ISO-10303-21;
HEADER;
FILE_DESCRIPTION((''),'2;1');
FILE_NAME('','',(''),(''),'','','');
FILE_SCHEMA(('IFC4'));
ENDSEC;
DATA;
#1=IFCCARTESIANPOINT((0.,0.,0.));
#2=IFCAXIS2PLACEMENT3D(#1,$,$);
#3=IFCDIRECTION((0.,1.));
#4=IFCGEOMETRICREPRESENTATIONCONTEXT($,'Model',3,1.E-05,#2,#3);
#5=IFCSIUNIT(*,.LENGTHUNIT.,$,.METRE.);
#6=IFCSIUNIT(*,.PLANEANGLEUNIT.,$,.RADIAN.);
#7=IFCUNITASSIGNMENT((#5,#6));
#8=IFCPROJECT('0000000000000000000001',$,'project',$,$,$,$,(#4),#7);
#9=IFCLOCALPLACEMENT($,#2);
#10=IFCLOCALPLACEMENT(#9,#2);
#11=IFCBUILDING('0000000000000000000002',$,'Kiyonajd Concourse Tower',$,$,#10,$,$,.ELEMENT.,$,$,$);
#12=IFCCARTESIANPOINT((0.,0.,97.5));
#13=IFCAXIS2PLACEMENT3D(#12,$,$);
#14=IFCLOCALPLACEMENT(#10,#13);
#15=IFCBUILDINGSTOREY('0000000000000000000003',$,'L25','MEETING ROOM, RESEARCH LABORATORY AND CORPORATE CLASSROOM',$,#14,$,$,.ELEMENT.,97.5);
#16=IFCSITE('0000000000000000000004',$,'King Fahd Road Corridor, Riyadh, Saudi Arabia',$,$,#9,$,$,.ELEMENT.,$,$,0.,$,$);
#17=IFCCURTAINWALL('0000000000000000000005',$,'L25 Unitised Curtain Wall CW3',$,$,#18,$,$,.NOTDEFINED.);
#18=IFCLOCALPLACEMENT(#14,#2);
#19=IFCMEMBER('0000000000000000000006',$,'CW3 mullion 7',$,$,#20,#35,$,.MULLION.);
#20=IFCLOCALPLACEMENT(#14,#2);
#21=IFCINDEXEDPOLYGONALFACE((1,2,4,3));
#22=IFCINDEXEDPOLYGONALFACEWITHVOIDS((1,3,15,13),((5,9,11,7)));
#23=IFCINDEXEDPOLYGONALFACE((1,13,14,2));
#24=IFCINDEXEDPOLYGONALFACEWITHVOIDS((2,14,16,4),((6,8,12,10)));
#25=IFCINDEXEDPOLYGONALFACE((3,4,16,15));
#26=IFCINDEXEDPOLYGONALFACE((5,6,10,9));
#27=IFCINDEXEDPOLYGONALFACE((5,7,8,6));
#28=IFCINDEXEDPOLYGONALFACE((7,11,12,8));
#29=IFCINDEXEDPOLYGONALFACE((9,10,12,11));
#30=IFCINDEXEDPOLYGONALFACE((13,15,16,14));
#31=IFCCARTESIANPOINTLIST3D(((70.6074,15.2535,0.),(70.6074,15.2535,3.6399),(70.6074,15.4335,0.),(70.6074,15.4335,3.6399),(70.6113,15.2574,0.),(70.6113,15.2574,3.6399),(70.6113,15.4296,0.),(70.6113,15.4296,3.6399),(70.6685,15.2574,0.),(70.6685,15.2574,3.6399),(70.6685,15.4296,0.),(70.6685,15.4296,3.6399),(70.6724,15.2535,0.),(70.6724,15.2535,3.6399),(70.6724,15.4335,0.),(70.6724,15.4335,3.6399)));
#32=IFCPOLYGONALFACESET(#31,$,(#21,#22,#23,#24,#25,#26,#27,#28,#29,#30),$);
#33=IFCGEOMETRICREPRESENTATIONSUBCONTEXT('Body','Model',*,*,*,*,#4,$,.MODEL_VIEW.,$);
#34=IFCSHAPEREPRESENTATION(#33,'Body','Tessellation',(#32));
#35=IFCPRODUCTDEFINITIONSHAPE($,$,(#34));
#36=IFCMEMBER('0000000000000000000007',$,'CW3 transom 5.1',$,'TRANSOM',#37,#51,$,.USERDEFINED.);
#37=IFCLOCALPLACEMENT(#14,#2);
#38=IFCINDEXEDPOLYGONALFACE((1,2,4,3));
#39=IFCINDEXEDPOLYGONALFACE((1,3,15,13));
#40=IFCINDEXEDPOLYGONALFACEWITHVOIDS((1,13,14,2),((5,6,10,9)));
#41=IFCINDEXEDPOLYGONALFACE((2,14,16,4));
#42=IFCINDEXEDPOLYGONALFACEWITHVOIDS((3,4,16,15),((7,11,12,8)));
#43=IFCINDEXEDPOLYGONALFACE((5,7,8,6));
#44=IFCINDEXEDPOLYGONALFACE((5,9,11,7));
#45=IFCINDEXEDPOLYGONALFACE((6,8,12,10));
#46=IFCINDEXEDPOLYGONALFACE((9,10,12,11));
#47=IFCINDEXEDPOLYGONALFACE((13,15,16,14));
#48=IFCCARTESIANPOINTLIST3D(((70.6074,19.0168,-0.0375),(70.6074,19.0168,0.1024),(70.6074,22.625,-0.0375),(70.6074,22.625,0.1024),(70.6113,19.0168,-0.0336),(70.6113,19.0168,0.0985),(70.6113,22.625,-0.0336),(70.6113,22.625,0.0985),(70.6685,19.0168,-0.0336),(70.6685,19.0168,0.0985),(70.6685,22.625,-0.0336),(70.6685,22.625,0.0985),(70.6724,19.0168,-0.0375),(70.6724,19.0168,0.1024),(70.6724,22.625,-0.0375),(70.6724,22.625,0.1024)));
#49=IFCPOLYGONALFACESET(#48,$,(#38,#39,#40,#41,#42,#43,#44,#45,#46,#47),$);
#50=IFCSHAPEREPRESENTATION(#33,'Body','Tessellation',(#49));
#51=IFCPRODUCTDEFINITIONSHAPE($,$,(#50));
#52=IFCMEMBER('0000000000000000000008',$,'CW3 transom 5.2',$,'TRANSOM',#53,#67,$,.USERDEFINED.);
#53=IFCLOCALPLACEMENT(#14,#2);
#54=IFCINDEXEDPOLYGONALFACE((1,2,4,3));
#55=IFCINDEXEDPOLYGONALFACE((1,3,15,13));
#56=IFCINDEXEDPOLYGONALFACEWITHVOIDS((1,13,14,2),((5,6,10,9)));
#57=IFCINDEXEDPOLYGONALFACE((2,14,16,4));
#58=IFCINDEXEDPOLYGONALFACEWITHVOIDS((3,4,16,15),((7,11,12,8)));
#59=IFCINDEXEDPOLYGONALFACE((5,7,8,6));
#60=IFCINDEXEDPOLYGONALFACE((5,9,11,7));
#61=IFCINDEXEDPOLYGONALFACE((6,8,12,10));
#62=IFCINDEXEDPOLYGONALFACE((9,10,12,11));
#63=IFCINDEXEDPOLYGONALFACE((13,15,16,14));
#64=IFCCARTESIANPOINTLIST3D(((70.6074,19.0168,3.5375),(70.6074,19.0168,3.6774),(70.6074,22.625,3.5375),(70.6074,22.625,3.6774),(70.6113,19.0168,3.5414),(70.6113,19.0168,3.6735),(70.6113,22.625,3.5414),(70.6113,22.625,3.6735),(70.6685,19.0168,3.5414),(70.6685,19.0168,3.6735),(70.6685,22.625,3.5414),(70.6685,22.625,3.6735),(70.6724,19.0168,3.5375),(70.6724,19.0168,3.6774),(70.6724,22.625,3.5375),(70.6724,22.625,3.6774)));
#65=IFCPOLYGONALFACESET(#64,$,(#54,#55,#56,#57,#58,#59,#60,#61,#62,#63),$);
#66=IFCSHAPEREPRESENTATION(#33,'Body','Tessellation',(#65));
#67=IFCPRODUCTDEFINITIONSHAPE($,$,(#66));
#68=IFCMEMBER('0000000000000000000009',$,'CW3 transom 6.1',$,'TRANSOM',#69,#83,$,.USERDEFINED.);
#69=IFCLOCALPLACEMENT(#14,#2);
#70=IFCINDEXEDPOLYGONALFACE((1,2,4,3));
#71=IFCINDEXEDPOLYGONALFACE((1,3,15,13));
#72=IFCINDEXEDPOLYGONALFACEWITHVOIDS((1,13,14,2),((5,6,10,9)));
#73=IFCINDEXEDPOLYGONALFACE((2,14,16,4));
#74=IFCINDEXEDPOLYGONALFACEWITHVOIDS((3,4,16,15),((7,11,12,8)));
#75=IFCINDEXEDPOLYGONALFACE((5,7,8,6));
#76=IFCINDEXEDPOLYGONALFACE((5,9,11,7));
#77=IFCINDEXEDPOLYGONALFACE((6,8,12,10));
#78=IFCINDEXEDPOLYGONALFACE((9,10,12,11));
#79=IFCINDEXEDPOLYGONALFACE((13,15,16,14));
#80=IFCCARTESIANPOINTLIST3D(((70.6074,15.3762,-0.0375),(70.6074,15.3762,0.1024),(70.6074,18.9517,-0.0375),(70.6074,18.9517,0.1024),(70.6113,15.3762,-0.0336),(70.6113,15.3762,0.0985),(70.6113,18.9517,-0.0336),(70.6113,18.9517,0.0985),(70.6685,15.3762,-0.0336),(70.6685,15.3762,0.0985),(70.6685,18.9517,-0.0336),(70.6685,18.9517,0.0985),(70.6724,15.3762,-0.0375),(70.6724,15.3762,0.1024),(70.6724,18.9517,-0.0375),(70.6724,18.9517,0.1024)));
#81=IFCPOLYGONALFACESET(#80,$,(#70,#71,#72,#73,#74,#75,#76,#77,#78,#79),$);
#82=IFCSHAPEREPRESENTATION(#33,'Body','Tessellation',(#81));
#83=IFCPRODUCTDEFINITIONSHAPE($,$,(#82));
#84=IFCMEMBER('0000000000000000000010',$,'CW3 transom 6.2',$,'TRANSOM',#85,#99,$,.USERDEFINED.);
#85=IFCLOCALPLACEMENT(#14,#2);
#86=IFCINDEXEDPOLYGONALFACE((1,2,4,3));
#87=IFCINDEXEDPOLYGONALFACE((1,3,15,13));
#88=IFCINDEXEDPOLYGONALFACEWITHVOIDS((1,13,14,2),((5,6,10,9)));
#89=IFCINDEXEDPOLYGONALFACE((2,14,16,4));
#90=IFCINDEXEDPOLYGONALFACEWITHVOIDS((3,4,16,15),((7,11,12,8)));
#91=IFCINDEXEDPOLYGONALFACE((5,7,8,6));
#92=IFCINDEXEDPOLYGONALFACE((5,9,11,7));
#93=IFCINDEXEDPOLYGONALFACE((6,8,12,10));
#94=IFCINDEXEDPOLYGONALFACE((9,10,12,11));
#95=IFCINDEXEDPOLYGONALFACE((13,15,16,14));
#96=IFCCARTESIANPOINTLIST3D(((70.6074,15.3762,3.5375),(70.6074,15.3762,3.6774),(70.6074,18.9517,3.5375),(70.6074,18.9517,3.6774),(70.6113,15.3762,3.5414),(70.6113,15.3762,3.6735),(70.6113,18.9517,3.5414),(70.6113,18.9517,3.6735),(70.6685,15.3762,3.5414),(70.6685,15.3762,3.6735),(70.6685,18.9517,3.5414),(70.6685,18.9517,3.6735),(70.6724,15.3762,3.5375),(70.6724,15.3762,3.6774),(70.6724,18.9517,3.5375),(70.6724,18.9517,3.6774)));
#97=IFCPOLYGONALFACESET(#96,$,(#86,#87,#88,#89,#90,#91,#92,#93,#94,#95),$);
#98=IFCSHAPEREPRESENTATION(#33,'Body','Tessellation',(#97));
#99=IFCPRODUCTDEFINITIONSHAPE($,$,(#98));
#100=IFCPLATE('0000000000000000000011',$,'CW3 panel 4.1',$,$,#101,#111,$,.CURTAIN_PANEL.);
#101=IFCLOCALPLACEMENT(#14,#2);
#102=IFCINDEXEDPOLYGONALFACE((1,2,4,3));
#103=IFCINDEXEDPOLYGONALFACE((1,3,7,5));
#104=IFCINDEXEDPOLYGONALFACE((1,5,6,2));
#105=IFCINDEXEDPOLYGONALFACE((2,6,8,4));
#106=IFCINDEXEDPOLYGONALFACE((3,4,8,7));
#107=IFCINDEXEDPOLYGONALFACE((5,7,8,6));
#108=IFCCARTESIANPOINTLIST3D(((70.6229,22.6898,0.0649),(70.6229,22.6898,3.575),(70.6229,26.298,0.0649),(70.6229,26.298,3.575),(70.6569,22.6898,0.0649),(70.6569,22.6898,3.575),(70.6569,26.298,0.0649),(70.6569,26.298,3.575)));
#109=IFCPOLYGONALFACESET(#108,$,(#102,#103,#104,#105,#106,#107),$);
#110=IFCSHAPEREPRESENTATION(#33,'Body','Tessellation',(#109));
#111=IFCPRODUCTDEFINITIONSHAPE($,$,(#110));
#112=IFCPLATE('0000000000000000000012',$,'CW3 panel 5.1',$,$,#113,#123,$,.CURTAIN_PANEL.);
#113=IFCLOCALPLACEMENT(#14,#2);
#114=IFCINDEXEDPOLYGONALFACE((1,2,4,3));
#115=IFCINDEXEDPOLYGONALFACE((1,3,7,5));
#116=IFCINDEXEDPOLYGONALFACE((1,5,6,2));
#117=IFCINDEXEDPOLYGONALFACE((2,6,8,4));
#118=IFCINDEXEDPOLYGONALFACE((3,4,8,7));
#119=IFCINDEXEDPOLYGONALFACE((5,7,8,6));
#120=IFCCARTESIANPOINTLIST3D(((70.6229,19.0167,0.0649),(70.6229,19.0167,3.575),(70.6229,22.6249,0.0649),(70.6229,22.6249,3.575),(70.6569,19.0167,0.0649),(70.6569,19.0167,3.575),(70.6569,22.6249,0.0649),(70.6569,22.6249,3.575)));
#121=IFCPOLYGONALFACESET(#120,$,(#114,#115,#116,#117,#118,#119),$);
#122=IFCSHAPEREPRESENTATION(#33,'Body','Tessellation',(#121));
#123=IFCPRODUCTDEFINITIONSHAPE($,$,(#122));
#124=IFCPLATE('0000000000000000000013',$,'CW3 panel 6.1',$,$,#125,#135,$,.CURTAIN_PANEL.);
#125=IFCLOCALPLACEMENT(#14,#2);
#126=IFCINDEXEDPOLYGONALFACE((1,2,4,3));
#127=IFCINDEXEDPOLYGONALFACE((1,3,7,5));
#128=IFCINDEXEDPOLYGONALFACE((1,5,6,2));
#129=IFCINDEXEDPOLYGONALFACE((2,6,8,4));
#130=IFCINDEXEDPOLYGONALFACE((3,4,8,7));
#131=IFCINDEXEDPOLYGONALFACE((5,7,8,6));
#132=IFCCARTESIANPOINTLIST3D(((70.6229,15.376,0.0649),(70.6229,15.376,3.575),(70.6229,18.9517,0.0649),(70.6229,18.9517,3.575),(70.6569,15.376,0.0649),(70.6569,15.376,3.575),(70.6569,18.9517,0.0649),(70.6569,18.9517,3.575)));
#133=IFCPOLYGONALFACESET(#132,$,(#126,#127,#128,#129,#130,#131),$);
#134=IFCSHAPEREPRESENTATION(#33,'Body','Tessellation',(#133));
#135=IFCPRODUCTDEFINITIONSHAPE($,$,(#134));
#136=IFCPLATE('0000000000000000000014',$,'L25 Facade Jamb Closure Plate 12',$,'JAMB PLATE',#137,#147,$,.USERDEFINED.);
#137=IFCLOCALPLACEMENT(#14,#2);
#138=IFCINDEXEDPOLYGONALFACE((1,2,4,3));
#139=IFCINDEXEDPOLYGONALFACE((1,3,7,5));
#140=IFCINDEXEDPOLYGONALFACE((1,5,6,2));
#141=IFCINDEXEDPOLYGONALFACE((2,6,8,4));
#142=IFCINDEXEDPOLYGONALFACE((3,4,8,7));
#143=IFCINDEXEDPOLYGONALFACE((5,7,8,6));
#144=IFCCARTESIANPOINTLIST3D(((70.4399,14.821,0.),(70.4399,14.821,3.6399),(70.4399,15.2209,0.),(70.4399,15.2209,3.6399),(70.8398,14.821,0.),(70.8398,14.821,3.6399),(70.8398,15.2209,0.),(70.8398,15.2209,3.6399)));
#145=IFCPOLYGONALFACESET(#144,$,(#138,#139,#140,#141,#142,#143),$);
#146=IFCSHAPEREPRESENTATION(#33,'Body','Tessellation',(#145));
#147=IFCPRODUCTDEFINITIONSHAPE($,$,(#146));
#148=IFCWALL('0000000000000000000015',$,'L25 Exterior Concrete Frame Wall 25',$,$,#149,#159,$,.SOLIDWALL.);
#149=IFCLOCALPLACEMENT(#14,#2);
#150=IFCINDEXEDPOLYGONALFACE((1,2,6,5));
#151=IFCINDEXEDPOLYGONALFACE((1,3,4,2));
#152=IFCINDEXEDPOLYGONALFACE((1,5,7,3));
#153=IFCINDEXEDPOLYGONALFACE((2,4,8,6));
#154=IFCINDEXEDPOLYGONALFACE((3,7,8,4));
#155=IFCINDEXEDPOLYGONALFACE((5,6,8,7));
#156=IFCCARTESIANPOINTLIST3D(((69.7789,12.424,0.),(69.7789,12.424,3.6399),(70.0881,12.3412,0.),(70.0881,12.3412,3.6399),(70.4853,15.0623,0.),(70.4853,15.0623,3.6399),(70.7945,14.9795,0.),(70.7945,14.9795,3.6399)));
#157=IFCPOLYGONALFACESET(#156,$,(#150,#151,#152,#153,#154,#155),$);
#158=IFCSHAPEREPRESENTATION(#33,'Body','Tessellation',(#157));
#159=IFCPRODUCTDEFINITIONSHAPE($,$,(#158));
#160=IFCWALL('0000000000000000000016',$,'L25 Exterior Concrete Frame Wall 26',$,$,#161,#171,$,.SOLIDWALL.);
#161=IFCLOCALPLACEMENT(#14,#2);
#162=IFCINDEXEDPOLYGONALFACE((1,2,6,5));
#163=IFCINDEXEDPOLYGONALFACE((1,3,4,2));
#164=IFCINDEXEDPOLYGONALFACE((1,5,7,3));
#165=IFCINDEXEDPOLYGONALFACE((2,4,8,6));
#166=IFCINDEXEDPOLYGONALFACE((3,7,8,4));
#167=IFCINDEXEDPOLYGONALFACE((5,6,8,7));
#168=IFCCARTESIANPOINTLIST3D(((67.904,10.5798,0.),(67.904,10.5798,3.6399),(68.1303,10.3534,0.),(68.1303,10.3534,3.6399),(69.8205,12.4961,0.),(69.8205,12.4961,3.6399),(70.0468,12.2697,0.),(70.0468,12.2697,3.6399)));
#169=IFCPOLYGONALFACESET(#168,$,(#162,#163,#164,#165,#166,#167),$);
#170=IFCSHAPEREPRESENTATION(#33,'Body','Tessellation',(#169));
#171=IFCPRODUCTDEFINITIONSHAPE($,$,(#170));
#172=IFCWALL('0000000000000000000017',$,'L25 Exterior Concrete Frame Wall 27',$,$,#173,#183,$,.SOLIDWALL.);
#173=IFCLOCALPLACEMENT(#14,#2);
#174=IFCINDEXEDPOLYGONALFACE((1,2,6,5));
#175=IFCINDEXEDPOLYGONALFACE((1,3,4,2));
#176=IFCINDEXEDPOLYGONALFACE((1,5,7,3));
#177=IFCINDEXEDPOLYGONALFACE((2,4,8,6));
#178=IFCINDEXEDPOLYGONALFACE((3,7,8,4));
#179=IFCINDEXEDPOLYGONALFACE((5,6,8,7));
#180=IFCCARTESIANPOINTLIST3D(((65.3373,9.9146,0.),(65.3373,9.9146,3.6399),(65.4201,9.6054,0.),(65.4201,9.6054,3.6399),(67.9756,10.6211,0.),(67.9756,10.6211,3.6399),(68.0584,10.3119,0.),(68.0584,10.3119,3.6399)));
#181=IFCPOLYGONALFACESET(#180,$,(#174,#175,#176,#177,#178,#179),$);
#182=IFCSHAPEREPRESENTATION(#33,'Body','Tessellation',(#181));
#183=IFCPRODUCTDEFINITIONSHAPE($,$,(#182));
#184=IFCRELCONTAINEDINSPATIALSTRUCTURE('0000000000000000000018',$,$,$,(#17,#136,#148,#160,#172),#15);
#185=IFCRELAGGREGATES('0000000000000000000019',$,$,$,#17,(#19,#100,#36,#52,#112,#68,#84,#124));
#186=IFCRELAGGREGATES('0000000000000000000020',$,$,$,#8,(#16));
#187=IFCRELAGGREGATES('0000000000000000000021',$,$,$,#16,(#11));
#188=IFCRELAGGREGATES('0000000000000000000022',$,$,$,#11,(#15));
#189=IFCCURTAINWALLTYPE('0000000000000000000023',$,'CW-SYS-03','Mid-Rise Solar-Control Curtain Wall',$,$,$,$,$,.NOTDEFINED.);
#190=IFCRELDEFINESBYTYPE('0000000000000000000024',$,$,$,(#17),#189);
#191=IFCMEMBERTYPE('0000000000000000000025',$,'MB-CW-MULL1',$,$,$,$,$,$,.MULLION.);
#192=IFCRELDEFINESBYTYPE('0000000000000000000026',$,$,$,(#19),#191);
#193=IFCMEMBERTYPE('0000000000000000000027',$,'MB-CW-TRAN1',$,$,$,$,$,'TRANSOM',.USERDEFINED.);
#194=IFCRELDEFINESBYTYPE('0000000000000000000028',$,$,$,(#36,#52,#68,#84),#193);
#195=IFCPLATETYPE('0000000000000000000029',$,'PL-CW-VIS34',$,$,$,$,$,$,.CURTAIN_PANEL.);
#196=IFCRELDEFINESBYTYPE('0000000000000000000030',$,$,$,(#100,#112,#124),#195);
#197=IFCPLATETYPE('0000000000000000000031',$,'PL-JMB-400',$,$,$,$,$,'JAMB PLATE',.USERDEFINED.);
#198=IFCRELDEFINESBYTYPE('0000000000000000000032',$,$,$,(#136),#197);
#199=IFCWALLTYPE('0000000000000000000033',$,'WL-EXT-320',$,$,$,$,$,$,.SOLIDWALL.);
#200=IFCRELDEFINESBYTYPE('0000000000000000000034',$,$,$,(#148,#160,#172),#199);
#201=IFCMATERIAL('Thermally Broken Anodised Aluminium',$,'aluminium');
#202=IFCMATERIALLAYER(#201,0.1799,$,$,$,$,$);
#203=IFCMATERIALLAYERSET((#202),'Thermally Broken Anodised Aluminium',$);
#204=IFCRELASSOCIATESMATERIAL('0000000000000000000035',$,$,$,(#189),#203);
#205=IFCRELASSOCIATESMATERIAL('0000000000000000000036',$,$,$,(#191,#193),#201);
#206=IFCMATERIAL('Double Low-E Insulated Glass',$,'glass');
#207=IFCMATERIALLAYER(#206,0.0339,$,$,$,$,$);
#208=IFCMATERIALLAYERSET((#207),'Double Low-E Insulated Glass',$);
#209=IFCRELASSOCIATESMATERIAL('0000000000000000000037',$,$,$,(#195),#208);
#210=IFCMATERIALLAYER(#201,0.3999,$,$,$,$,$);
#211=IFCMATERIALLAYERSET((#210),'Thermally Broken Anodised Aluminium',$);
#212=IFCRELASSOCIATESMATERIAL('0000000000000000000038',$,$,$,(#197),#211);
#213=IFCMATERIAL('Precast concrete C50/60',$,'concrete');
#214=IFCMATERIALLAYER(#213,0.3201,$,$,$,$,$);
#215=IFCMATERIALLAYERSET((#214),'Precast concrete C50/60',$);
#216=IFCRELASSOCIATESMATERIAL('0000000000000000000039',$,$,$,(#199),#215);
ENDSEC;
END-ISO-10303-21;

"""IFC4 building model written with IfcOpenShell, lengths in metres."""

from ifc_helpers import new_model, si_unit, direction, frame, frame_2d, origin, origin_2d, place, context, subcontext, project, spatial, rectangle, hollow_rectangle, extrude, material, layer, layer_set, material_profile, profile_set, type_object, element, aggregate, save


model = new_model("IFC4")

# Units and contexts
model_context = context("Model", 3, precision=1e-05, world=origin(), true_north=direction((0.0, 1.0)))
body_context = subcontext(model_context, "Body", "Model", "MODEL_VIEW")
ifc_project = project(units=[si_unit("LENGTHUNIT", "METRE"), si_unit("PLANEANGLEUNIT", "RADIAN")], contexts=[model_context])

# Site, building, storey
site_placement = place(None, origin())
site = spatial("IfcSite", under=ifc_project, at=site_placement, Name="King Fahd Road Corridor, Riyadh, Saudi Arabia", CompositionType="ELEMENT", RefElevation=0.0)
building_placement = place(site_placement, origin())
building = spatial("IfcBuilding", under=site, at=building_placement, Name="Kiyonajd Concourse Tower", CompositionType="ELEMENT")
storey_placement = place(building_placement, frame((0.0, 0.0, 97.5)))
storey = spatial("IfcBuildingStorey", under=building, at=storey_placement, Name="L25", Description="MEETING ROOM, RESEARCH LABORATORY AND CORPORATE CLASSROOM", CompositionType="ELEMENT", Elevation=97.5)

# Shared definitions
ifc_material_1 = material(Name="Precast concrete C50/60", Category="concrete")

# Curtain wall, members, plates
ifc_material_2 = material(Name="Thermally Broken Anodised Aluminium", Category="aluminium")
ifc_layer_1 = layer(ifc_material_2, 0.1799)
ifc_layer_set_1 = layer_set([ifc_layer_1], Name="Thermally Broken Anodised Aluminium")
curtain_wall_type = type_object("IfcCurtainWallType", Name="CW-SYS-03", Description="Mid-Rise Solar-Control Curtain Wall", PredefinedType="NOTDEFINED", material=ifc_layer_set_1)
curtain_wall_placement = place(storey_placement, origin())
curtain_wall = element("IfcCurtainWall", 1, at=curtain_wall_placement, inside=storey, type_object=curtain_wall_type, Name="L25 Unitised Curtain Wall CW3", PredefinedType="NOTDEFINED")
ifc_material_profile_1 = material_profile(ifc_material_2, hollow_rectangle(XDim=0.0649, YDim=0.1799, WallThickness=0.0039, at=origin_2d()), Name="MULL-65x180")
ifc_profile_set_1 = profile_set([ifc_material_profile_1], Name="Thermally Broken Anodised Aluminium")
member_type_1 = type_object("IfcMemberType", Name="MB-CW-MULL1", PredefinedType="MULLION", material=ifc_profile_set_1)
member_1_placement = place(storey_placement, frame((70.6399, 15.3435, 0.0), z_axis=(0.0, 0.0, 1.0), x_axis=(1.0, 0.0, 0.0)))
member_1 = element("IfcMember", 2, at=member_1_placement, type_object=member_type_1, Name="CW3 mullion 7", PredefinedType="MULLION", context=body_context, shape_type="SweptSolid", body=[
    extrude(hollow_rectangle(XDim=0.0649, YDim=0.1799, WallThickness=0.0039, at=origin_2d()), origin(), (0.0, 0.0, 1.0), 3.6399),
])
ifc_material_profile_2 = material_profile(ifc_material_2, hollow_rectangle(XDim=0.0649, YDim=0.1399, WallThickness=0.0039, at=origin_2d()), Name="TRAN-65x140")
ifc_profile_set_2 = profile_set([ifc_material_profile_2], Name="Thermally Broken Anodised Aluminium")
member_type_2 = type_object("IfcMemberType", Name="MB-CW-TRAN1", ElementType="TRANSOM", PredefinedType="USERDEFINED", material=ifc_profile_set_2)
member_2_placement = place(storey_placement, frame((70.6399, 22.625, 0.0325), z_axis=(0.0, -1.0, 0.0), x_axis=(1.0, 0.0, 0.0)))
member_2 = element("IfcMember", 3, at=member_2_placement, type_object=member_type_2, Name="CW3 transom 5.1", ObjectType="TRANSOM", PredefinedType="USERDEFINED", context=body_context, shape_type="SweptSolid", body=[
    extrude(hollow_rectangle(XDim=0.0649, YDim=0.1399, WallThickness=0.0039, at=origin_2d()), origin(), (0.0, 0.0, 1.0), 3.6082),
])
member_3_placement = place(storey_placement, frame((70.6399, 22.625, 3.6074), z_axis=(0.0, -1.0, 0.0), x_axis=(1.0, 0.0, 0.0)))
member_3 = element("IfcMember", 4, at=member_3_placement, type_object=member_type_2, Name="CW3 transom 5.2", ObjectType="TRANSOM", PredefinedType="USERDEFINED", context=body_context, shape_type="SweptSolid", body=[
    extrude(hollow_rectangle(XDim=0.0649, YDim=0.1399, WallThickness=0.0039, at=origin_2d()), origin(), (0.0, 0.0, 1.0), 3.6082),
])
member_4_placement = place(storey_placement, frame((70.6399, 18.9517, 0.0325), z_axis=(0.0, -1.0, 0.0), x_axis=(1.0, 0.0, 0.0)))
member_4 = element("IfcMember", 5, at=member_4_placement, type_object=member_type_2, Name="CW3 transom 6.1", ObjectType="TRANSOM", PredefinedType="USERDEFINED", context=body_context, shape_type="SweptSolid", body=[
    extrude(hollow_rectangle(XDim=0.0649, YDim=0.1399, WallThickness=0.0039, at=origin_2d()), origin(), (0.0, 0.0, 1.0), 3.5754),
])
member_5_placement = place(storey_placement, frame((70.6399, 18.9517, 3.6074), z_axis=(0.0, -1.0, 0.0), x_axis=(1.0, 0.0, 0.0)))
member_5 = element("IfcMember", 6, at=member_5_placement, type_object=member_type_2, Name="CW3 transom 6.2", ObjectType="TRANSOM", PredefinedType="USERDEFINED", context=body_context, shape_type="SweptSolid", body=[
    extrude(hollow_rectangle(XDim=0.0649, YDim=0.1399, WallThickness=0.0039, at=origin_2d()), origin(), (0.0, 0.0, 1.0), 3.5754),
])
ifc_material_3 = material(Name="Double Low-E Insulated Glass", Category="glass")
ifc_layer_2 = layer(ifc_material_3, 0.0339)
ifc_layer_set_2 = layer_set([ifc_layer_2], Name="Double Low-E Insulated Glass")
plate_type_1 = type_object("IfcPlateType", Name="PL-CW-VIS34", PredefinedType="CURTAIN_PANEL", material=ifc_layer_set_2)
plate_1_placement = place(storey_placement, frame((70.6399, 24.4939, 0.0649), z_axis=(0.0, 0.0, 1.0), x_axis=(0.0, -1.0, 0.0)))
plate_1 = element("IfcPlate", 7, at=plate_1_placement, type_object=plate_type_1, Name="CW3 panel 4.1", PredefinedType="CURTAIN_PANEL", context=body_context, shape_type="SweptSolid", body=[
    extrude(rectangle(XDim=3.6082, YDim=0.0339, at=origin_2d()), origin(), (0.0, 0.0, 1.0), 3.51),
])
plate_2_placement = place(storey_placement, frame((70.6399, 20.8208, 0.0649), z_axis=(0.0, 0.0, 1.0), x_axis=(0.0, -1.0, 0.0)))
plate_2 = element("IfcPlate", 8, at=plate_2_placement, type_object=plate_type_1, Name="CW3 panel 5.1", PredefinedType="CURTAIN_PANEL", context=body_context, shape_type="SweptSolid", body=[
    extrude(rectangle(XDim=3.6082, YDim=0.0339, at=origin_2d()), origin(), (0.0, 0.0, 1.0), 3.51),
])
plate_3_placement = place(storey_placement, frame((70.6399, 17.1638, 0.0649), z_axis=(0.0, 0.0, 1.0), x_axis=(0.0, -1.0, 0.0)))
plate_3 = element("IfcPlate", 9, at=plate_3_placement, type_object=plate_type_1, Name="CW3 panel 6.1", PredefinedType="CURTAIN_PANEL", context=body_context, shape_type="SweptSolid", body=[
    extrude(rectangle(XDim=3.5757, YDim=0.0339, at=origin_2d()), origin(), (0.0, 0.0, 1.0), 3.51),
])
aggregate(curtain_wall, [member_1, plate_1, member_2, member_3, plate_2, member_4, member_5, plate_3])

# Plate
ifc_layer_3 = layer(ifc_material_2, 0.3999)
ifc_layer_set_3 = layer_set([ifc_layer_3], Name="Thermally Broken Anodised Aluminium")
plate_type_2 = type_object("IfcPlateType", Name="PL-JMB-400", ElementType="JAMB PLATE", PredefinedType="USERDEFINED", material=ifc_layer_set_3)
plate_4_placement = place(storey_placement, frame((70.6399, 15.021, 0.0), z_axis=(0.0, 0.0, 1.0), x_axis=(1.0, 0.0, 0.0)))
element("IfcPlate", 10, at=plate_4_placement, inside=storey, type_object=plate_type_2, Name="L25 Facade Jamb Closure Plate 12", ObjectType="JAMB PLATE", PredefinedType="USERDEFINED", context=body_context, shape_type="SweptSolid", body=[
    extrude(rectangle(XDim=0.3999, YDim=0.3999, at=origin_2d()), origin(), (0.0, 0.0, 1.0), 3.6399),
])

# Walls
ifc_layer_4 = layer(ifc_material_1, 0.3201)
ifc_layer_set_4 = layer_set([ifc_layer_4], Name="Precast concrete C50/60")
wall_type_1 = type_object("IfcWallType", Name="WL-EXT-320", PredefinedType="SOLIDWALL", material=ifc_layer_set_4)
wall_1_placement = place(storey_placement, frame((70.6399, 15.021, 0.0), z_axis=(0.0, 0.0, 1.0), x_axis=(-0.258614, -0.965981, 0.0)))
element("IfcWall", 11, at=wall_1_placement, inside=storey, type_object=wall_type_1, Name="L25 Exterior Concrete Frame Wall 25", PredefinedType="SOLIDWALL", context=body_context, shape_type="SweptSolid", body=[
    extrude(rectangle(XDim=2.7312, YDim=0.3201, at=frame_2d((1.3657, 0.0))), origin(), (0.0, 0.0, 1.0), 3.6399),
])
wall_2_placement = place(storey_placement, frame((69.9336, 12.3828, 0.0), z_axis=(0.0, 0.0, 1.0), x_axis=(-0.707152, -0.707062, 0.0)))
element("IfcWall", 12, at=wall_2_placement, inside=storey, type_object=wall_type_1, Name="L25 Exterior Concrete Frame Wall 26", PredefinedType="SOLIDWALL", context=body_context, shape_type="SweptSolid", body=[
    extrude(rectangle(XDim=2.7102, YDim=0.3201, at=frame_2d((1.355, 0.0))), origin(), (0.0, 0.0, 1.0), 3.6399),
])
wall_3_placement = place(storey_placement, frame((68.0171, 10.4666, 0.0), z_axis=(0.0, 0.0, 1.0), x_axis=(-0.965958, -0.258697, 0.0)))
element("IfcWall", 13, at=wall_3_placement, inside=storey, type_object=wall_type_1, Name="L25 Exterior Concrete Frame Wall 27", PredefinedType="SOLIDWALL", context=body_context, shape_type="SweptSolid", body=[
    extrude(rectangle(XDim=2.7312, YDim=0.3201, at=frame_2d((1.3657, 0.0))), origin(), (0.0, 0.0, 1.0), 3.6399),
])

save(model, "model.ifc")
